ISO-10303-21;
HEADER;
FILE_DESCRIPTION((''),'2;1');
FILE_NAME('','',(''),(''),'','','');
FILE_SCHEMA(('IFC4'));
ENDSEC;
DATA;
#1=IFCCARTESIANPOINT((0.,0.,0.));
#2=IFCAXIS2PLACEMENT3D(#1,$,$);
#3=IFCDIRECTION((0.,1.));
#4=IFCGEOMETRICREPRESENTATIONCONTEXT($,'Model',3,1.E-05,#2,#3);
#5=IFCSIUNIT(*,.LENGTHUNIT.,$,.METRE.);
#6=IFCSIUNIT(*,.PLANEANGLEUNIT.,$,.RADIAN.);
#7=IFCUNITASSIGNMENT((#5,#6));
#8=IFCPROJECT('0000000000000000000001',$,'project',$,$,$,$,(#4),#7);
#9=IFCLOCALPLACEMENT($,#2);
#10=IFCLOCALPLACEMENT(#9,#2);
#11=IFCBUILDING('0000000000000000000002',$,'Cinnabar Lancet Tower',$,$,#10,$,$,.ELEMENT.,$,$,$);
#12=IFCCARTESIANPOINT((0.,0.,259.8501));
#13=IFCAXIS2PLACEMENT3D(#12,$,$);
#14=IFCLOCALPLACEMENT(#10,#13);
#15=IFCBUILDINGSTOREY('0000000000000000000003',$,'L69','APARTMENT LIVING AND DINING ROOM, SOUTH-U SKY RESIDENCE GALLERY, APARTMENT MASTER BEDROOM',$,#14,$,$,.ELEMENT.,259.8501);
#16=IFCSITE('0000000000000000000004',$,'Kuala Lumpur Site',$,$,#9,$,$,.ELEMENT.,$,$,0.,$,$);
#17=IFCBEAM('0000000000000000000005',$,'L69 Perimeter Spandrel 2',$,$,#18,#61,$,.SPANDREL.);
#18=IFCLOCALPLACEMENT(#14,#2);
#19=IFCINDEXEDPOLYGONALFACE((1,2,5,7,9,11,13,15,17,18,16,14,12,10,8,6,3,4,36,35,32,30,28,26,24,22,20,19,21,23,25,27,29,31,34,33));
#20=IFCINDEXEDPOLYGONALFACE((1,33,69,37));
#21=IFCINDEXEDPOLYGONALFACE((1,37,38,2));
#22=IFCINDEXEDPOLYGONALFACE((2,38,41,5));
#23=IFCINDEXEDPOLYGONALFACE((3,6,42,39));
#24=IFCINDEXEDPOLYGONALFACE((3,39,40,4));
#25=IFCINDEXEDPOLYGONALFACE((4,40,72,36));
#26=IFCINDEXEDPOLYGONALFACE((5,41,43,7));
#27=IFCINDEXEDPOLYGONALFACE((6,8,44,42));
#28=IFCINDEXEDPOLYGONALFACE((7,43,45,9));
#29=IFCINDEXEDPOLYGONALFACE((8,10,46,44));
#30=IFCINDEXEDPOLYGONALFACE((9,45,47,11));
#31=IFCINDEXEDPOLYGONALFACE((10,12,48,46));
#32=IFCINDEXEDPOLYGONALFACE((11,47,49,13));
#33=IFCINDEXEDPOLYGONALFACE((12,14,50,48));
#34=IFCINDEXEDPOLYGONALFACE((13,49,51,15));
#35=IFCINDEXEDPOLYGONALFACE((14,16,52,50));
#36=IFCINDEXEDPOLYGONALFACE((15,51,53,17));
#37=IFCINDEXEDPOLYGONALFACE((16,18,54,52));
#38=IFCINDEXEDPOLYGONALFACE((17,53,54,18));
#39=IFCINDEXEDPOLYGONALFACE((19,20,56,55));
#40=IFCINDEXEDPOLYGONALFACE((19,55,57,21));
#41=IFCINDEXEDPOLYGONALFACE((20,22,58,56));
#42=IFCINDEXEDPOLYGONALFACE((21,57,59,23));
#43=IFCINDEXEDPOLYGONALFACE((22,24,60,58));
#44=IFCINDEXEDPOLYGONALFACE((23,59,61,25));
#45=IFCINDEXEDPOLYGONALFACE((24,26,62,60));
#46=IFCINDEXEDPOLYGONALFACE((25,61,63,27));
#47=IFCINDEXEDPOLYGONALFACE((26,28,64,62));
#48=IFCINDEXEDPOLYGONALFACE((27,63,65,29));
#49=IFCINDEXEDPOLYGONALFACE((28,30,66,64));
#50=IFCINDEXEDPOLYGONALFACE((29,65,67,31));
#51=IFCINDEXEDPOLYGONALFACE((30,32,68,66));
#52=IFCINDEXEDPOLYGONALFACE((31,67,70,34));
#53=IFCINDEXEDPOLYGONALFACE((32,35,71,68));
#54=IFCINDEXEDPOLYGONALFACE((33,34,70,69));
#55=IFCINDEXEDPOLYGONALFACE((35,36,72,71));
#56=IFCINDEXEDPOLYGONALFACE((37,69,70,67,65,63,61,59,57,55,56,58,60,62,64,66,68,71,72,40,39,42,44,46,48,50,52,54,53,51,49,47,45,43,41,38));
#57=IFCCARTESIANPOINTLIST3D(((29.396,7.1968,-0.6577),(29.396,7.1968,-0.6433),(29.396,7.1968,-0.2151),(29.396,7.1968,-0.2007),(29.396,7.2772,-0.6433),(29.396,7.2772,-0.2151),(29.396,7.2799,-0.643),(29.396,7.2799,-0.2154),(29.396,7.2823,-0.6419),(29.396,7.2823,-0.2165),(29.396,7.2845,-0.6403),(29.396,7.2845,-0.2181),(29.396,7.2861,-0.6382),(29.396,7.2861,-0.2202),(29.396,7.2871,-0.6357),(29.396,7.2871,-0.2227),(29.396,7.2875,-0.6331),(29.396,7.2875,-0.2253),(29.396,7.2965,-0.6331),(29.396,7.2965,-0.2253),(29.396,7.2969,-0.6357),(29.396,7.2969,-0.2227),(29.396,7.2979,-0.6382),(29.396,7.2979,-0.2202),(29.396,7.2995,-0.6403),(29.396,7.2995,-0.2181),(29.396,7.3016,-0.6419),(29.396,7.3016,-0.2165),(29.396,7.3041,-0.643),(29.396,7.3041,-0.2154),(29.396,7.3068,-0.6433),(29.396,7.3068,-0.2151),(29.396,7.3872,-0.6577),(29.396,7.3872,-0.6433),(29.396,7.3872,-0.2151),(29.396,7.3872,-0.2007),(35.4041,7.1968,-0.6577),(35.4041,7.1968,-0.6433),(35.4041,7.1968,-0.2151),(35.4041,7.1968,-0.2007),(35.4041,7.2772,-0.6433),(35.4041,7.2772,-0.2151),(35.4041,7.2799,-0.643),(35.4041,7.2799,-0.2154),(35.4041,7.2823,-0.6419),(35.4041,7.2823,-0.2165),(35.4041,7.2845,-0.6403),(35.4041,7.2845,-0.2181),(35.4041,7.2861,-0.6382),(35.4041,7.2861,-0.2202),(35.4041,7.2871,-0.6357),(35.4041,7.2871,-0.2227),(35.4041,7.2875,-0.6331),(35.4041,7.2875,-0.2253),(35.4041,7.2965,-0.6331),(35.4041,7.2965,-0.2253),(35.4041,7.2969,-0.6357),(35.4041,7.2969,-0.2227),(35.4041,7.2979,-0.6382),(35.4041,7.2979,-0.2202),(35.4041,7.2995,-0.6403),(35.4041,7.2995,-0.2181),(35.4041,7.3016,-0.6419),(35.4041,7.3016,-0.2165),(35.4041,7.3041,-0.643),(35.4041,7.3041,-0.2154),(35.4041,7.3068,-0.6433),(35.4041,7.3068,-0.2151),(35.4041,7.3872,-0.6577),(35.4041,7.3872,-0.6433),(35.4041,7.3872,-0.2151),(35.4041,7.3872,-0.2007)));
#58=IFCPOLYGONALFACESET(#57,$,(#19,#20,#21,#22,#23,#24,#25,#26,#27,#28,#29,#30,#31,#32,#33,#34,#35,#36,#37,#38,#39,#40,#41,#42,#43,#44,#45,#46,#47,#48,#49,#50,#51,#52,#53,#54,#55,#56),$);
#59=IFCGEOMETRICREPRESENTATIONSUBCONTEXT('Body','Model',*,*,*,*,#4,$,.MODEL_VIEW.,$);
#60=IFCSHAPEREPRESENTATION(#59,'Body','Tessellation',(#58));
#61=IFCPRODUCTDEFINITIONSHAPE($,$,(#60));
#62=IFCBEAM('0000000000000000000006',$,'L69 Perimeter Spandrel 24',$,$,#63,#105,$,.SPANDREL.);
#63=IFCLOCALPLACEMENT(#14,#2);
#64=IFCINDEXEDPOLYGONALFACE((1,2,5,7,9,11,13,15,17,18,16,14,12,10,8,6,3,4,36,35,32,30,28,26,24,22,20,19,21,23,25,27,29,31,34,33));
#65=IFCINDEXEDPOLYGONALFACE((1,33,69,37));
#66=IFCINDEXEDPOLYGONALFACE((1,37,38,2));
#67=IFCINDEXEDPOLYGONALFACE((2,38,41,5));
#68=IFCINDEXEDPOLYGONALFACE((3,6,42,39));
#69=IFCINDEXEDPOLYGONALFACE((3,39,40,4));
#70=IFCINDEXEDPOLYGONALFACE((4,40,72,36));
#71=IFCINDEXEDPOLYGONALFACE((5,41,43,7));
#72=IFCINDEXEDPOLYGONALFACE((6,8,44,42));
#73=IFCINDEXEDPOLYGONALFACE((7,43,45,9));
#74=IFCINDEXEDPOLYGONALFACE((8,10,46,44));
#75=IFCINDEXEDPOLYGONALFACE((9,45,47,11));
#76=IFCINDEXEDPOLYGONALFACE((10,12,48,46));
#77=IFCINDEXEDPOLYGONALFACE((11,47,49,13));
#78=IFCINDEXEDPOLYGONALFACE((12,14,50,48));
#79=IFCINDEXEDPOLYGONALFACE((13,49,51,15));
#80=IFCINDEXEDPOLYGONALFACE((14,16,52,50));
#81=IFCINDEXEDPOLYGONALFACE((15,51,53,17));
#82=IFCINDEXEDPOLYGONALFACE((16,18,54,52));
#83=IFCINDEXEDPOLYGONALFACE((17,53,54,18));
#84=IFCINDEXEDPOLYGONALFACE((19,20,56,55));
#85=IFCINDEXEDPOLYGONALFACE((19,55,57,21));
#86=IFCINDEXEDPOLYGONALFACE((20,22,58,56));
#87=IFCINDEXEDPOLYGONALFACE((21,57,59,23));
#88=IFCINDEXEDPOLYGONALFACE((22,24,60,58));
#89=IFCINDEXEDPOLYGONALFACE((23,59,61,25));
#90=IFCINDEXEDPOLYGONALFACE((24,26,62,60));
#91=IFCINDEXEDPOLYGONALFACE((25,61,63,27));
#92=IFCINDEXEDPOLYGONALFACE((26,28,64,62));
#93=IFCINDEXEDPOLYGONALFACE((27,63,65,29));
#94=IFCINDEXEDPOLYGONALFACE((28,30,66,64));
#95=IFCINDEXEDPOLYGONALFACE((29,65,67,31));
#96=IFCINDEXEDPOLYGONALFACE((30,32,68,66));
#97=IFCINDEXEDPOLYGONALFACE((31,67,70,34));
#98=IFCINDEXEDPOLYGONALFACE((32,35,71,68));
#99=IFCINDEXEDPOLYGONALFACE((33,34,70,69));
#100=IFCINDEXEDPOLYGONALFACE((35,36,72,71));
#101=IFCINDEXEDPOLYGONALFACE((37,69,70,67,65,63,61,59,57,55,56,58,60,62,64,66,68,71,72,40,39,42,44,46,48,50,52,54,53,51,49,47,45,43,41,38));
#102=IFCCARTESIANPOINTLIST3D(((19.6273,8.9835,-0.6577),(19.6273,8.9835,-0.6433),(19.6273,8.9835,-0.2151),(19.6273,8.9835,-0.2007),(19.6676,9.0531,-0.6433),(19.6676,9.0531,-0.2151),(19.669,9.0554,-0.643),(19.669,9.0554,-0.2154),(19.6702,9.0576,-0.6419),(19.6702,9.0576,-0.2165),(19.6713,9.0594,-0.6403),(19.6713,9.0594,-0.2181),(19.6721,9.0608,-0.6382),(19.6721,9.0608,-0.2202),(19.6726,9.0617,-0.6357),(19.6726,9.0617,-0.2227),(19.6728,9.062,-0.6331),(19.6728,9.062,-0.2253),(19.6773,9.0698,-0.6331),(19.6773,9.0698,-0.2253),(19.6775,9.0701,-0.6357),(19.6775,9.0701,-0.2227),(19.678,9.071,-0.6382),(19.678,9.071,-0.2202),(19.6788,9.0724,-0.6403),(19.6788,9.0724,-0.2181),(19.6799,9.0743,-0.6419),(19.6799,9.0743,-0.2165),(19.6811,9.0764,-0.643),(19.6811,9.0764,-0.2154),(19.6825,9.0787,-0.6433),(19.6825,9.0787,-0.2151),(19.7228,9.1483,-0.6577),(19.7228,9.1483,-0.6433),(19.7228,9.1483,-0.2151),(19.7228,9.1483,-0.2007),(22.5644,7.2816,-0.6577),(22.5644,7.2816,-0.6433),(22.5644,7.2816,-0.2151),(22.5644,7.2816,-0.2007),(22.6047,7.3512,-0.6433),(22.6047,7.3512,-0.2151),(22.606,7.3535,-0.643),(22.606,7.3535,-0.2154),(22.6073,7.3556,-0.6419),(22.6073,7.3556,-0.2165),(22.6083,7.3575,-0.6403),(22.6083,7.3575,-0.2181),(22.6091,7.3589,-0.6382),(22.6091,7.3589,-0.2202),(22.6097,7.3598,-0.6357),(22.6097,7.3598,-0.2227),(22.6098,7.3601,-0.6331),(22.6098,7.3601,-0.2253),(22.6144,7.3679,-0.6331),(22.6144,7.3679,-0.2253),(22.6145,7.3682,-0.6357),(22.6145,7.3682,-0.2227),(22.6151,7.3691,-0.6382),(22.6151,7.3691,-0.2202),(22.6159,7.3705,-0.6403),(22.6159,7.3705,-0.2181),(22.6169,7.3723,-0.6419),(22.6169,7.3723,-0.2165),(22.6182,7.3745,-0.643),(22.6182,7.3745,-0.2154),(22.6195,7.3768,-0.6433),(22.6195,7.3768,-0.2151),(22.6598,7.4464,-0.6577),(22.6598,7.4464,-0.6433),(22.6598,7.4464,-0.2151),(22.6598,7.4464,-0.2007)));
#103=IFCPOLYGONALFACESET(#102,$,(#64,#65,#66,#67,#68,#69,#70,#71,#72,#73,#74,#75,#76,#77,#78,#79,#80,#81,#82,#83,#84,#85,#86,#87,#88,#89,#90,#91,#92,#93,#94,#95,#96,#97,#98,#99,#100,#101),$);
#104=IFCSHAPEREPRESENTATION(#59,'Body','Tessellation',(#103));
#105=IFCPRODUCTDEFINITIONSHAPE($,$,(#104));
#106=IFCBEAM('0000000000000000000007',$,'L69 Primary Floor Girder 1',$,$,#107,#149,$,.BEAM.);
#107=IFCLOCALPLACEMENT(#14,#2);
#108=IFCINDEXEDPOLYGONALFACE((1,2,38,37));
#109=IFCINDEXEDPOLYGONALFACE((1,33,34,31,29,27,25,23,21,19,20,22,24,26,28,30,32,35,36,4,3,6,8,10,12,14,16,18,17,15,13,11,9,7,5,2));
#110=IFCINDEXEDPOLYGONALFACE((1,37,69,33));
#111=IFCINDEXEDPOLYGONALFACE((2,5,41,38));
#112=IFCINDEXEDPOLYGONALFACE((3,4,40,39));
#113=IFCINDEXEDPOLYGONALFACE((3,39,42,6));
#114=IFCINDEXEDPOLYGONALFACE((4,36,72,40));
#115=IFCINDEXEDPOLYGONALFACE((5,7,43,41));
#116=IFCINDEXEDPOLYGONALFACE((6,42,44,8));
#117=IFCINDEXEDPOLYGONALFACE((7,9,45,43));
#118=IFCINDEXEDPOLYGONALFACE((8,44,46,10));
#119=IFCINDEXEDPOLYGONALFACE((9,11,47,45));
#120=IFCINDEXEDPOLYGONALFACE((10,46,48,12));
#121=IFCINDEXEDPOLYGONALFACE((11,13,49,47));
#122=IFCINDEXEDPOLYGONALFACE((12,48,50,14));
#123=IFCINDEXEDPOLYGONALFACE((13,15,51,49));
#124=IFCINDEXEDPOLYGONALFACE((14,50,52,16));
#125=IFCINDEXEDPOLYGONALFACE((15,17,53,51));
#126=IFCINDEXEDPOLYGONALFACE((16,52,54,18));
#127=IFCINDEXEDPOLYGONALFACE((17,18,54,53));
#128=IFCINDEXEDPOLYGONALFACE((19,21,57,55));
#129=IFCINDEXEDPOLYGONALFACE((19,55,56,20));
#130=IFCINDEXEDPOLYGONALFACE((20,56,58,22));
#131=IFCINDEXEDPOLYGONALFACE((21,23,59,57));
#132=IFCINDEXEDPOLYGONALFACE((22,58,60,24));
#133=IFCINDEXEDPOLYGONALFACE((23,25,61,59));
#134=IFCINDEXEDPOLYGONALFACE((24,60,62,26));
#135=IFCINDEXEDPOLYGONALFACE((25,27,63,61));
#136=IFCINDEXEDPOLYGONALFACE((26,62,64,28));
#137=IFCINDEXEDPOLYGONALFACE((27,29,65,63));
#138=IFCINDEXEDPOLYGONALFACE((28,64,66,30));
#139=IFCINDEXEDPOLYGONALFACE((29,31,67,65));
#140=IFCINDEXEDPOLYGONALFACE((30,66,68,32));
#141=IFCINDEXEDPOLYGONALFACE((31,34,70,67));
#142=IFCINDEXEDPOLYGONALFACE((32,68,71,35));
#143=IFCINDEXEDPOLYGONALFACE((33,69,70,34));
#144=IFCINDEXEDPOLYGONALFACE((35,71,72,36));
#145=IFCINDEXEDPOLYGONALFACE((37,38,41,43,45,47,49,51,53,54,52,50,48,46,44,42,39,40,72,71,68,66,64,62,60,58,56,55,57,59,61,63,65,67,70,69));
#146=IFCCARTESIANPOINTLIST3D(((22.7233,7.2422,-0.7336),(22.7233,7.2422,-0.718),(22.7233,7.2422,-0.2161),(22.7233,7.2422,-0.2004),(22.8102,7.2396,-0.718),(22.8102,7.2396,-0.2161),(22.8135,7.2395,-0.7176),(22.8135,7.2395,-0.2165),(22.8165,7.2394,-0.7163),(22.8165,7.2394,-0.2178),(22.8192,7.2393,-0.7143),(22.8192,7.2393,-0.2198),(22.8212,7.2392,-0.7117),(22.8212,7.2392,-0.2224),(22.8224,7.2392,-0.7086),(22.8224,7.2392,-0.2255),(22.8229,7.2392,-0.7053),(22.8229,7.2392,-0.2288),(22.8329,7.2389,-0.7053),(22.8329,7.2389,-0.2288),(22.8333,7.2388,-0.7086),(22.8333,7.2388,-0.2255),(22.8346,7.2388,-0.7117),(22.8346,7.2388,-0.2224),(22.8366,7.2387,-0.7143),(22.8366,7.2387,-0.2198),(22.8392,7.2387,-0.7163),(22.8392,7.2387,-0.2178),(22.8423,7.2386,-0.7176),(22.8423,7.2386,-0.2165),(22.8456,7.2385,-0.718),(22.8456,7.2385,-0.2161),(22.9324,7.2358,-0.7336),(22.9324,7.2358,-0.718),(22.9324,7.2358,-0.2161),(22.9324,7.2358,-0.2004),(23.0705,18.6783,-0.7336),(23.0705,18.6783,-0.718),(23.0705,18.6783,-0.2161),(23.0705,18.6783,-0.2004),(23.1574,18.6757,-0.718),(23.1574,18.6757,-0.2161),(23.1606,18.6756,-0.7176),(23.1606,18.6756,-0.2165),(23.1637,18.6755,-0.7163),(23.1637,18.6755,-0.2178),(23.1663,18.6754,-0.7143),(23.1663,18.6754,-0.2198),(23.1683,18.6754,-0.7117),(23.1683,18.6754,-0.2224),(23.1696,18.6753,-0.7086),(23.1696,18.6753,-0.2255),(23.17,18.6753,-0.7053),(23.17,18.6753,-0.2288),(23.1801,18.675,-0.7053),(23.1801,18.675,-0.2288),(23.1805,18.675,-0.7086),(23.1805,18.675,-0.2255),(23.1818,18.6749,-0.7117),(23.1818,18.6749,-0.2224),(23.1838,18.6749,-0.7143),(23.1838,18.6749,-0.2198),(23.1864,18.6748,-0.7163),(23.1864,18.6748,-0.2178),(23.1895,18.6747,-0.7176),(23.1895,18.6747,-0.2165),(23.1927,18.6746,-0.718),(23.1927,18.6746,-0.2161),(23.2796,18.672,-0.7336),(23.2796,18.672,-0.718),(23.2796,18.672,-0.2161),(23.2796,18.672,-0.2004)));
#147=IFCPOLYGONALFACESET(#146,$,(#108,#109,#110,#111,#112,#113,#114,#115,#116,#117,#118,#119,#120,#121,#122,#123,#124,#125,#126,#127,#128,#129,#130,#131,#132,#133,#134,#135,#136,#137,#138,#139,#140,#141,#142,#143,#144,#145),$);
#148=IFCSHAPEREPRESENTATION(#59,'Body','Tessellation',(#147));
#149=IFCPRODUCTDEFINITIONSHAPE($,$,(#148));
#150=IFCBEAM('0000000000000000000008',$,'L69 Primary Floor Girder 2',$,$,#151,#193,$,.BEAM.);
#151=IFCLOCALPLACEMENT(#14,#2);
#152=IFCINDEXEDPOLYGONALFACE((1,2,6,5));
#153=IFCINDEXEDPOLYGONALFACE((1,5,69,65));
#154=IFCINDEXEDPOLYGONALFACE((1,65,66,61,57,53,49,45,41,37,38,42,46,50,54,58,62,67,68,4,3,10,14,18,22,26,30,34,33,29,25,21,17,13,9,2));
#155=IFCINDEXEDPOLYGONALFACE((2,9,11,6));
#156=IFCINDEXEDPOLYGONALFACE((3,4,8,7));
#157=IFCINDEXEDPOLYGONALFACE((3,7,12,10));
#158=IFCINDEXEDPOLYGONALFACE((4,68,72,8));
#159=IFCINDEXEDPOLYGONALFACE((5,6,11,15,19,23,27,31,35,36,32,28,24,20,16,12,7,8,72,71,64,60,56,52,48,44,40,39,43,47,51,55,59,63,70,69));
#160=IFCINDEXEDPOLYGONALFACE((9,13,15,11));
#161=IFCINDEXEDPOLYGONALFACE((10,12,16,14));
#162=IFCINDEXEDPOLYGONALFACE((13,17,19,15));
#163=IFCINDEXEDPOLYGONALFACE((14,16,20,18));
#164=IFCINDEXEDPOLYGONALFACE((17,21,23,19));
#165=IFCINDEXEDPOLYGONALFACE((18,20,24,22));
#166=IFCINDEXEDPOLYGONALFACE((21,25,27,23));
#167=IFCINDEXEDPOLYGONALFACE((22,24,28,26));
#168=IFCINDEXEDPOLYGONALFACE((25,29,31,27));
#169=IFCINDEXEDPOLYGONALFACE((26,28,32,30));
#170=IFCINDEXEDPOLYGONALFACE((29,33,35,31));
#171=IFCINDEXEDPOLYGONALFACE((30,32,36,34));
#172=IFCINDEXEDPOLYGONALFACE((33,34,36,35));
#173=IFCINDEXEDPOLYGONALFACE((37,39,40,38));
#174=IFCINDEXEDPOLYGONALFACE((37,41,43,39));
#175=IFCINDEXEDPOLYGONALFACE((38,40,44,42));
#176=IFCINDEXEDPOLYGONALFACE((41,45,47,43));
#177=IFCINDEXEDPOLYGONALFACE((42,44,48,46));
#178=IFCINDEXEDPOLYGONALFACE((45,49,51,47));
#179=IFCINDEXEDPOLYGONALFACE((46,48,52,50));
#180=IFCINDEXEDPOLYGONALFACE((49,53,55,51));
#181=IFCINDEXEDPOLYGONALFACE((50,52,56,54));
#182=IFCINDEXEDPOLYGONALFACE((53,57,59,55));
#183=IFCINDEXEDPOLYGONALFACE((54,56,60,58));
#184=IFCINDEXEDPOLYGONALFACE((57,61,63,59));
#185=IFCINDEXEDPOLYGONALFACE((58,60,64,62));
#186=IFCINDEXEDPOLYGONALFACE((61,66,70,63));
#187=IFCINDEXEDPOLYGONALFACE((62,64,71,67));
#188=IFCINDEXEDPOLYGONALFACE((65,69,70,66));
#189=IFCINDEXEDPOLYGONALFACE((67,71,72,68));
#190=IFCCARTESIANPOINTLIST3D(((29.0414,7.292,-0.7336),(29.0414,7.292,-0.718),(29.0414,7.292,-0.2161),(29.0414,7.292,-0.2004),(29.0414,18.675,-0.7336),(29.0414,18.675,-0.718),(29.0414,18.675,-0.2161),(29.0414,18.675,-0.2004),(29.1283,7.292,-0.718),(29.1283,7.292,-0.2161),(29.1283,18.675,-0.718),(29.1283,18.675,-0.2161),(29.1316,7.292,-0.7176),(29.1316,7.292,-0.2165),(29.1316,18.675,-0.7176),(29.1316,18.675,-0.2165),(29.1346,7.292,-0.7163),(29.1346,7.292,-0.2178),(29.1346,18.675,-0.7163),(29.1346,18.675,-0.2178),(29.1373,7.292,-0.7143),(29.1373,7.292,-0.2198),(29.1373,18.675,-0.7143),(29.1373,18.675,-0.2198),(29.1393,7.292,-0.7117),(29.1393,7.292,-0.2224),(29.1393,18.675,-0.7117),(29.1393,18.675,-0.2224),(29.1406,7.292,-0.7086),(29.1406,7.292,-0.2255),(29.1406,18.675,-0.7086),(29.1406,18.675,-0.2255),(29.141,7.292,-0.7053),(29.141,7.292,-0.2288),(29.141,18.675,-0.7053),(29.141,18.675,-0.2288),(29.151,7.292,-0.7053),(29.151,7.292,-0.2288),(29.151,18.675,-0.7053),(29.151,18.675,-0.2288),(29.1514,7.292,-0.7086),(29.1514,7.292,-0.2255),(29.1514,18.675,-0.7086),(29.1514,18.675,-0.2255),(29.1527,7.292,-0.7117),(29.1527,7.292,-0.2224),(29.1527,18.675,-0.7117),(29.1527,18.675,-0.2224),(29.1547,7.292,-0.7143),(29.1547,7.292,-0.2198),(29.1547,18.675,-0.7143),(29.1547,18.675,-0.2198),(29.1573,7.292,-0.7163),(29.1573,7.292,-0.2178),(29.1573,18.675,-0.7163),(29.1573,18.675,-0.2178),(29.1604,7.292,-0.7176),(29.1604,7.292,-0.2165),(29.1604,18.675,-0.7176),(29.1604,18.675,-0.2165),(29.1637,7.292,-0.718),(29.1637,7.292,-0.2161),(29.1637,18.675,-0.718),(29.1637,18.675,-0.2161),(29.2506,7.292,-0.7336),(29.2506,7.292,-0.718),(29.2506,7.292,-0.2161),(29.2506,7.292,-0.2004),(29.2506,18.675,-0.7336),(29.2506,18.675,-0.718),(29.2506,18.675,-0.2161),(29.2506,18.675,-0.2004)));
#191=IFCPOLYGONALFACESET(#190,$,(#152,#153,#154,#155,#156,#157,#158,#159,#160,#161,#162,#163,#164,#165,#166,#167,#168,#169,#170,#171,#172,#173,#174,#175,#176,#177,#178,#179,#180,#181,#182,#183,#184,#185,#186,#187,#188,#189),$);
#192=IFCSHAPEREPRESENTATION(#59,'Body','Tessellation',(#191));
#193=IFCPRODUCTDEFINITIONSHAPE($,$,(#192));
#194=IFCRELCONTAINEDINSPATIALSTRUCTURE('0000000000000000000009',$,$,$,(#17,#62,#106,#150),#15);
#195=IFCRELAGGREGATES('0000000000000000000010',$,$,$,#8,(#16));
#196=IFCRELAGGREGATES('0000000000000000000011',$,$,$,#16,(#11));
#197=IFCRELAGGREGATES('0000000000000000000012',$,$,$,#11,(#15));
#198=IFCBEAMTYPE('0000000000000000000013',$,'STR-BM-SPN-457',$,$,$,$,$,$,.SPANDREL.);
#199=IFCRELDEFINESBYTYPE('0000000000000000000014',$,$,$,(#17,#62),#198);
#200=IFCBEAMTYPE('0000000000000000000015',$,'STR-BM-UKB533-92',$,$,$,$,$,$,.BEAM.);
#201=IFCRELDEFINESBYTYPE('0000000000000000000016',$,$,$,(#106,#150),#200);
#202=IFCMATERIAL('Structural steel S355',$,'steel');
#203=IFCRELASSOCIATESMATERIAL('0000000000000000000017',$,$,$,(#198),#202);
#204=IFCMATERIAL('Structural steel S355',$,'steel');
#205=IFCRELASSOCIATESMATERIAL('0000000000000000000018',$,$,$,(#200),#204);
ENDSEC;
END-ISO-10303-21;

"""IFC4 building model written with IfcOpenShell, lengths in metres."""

from ifc_helpers import new_model, si_unit, direction, frame, origin, origin_2d, place, context, subcontext, project, spatial, i_section, extrude, material, material_profile, profile_set, type_object, element, save


model = new_model("IFC4")

# Units and contexts
model_context = context("Model", 3, precision=1e-05, world=origin(), true_north=direction((0.0, 1.0)))
body_context = subcontext(model_context, "Body", "Model", "MODEL_VIEW")
ifc_project = project(units=[si_unit("LENGTHUNIT", "METRE"), si_unit("PLANEANGLEUNIT", "RADIAN")], contexts=[model_context])

# Site, building, storey
site_placement = place(None, origin())
site = spatial("IfcSite", under=ifc_project, at=site_placement, Name="Kuala Lumpur Site", CompositionType="ELEMENT", RefElevation=0.0)
building_placement = place(site_placement, origin())
building = spatial("IfcBuilding", under=site, at=building_placement, Name="Cinnabar Lancet Tower", CompositionType="ELEMENT")
storey_placement = place(building_placement, frame((0.0, 0.0, 259.8501)))
storey = spatial("IfcBuildingStorey", under=building, at=storey_placement, Name="L69", Description="APARTMENT LIVING AND DINING ROOM, SOUTH-U SKY RESIDENCE GALLERY, APARTMENT MASTER BEDROOM", CompositionType="ELEMENT", Elevation=259.8501)

# Beams
ifc_material_1 = material(Name="Structural steel S355", Category="steel")
ifc_material_profile_1 = material_profile(ifc_material_1, i_section(OverallWidth=0.1904, OverallDepth=0.457, WebThickness=0.009, FlangeThickness=0.0144, FilletRadius=0.0103, at=origin_2d()), Name="UKB 457x191x74")
ifc_profile_set_1 = profile_set([ifc_material_profile_1], Name="Structural steel S355")
beam_type_1 = type_object("IfcBeamType", Name="STR-BM-SPN-457", PredefinedType="SPANDREL", material=ifc_profile_set_1)
beam_1_placement = place(storey_placement, frame((29.396, 7.292, -0.4292), z_axis=(1.0, 0.0, 0.0), x_axis=(0.0, 1.0, 0.0)))
element("IfcBeam", 1, at=beam_1_placement, inside=storey, type_object=beam_type_1, Name="L69 Perimeter Spandrel 2", PredefinedType="SPANDREL", context=body_context, shape_type="SweptSolid", body=[
    extrude(i_section(OverallWidth=0.1904, OverallDepth=0.457, WebThickness=0.009, FlangeThickness=0.0144, FilletRadius=0.0103, at=origin_2d()), origin(), (0.0, 0.0, 1.0), 6.0081),
])
beam_2_placement = place(storey_placement, frame((19.675, 9.0659, -0.4292), z_axis=(0.865231, -0.501374, 0.0), x_axis=(0.501374, 0.865231, 0.0)))
element("IfcBeam", 2, at=beam_2_placement, inside=storey, type_object=beam_type_1, Name="L69 Perimeter Spandrel 24", PredefinedType="SPANDREL", context=body_context, shape_type="SweptSolid", body=[
    extrude(i_section(OverallWidth=0.1904, OverallDepth=0.457, WebThickness=0.009, FlangeThickness=0.0144, FilletRadius=0.0103, at=origin_2d()), origin(), (0.0, 0.0, 1.0), 3.3945),
])
ifc_material_2 = material(Name="Structural steel S355", Category="steel")
ifc_material_profile_2 = material_profile(ifc_material_2, i_section(OverallWidth=0.2092, OverallDepth=0.5332, WebThickness=0.01, FlangeThickness=0.0156, FilletRadius=0.0127, at=origin_2d()), Name="UKB 533x210x92")
ifc_profile_set_2 = profile_set([ifc_material_profile_2], Name="Structural steel S355")
beam_type_2 = type_object("IfcBeamType", Name="STR-BM-UKB533-92", PredefinedType="BEAM", material=ifc_profile_set_2)
beam_3_placement = place(storey_placement, frame((22.8279, 7.239, -0.467), z_axis=(0.030343, 0.99954, 0.0), x_axis=(-0.99954, 0.030343, 0.0)))
element("IfcBeam", 3, at=beam_3_placement, inside=storey, type_object=beam_type_2, Name="L69 Primary Floor Girder 1", PredefinedType="BEAM", context=body_context, shape_type="SweptSolid", body=[
    extrude(i_section(OverallWidth=0.2092, OverallDepth=0.5332, WebThickness=0.01, FlangeThickness=0.0156, FilletRadius=0.0127, at=origin_2d()), origin(), (0.0, 0.0, 1.0), 11.4414),
])
beam_4_placement = place(storey_placement, frame((29.146, 7.292, -0.467), z_axis=(0.0, 1.0, 0.0), x_axis=(-1.0, 0.0, 0.0)))
element("IfcBeam", 4, at=beam_4_placement, inside=storey, type_object=beam_type_2, Name="L69 Primary Floor Girder 2", PredefinedType="BEAM", context=body_context, shape_type="SweptSolid", body=[
    extrude(i_section(OverallWidth=0.2092, OverallDepth=0.5332, WebThickness=0.01, FlangeThickness=0.0156, FilletRadius=0.0127, at=origin_2d()), origin(), (0.0, 0.0, 1.0), 11.3831),
])

save(model, "model.ifc")
